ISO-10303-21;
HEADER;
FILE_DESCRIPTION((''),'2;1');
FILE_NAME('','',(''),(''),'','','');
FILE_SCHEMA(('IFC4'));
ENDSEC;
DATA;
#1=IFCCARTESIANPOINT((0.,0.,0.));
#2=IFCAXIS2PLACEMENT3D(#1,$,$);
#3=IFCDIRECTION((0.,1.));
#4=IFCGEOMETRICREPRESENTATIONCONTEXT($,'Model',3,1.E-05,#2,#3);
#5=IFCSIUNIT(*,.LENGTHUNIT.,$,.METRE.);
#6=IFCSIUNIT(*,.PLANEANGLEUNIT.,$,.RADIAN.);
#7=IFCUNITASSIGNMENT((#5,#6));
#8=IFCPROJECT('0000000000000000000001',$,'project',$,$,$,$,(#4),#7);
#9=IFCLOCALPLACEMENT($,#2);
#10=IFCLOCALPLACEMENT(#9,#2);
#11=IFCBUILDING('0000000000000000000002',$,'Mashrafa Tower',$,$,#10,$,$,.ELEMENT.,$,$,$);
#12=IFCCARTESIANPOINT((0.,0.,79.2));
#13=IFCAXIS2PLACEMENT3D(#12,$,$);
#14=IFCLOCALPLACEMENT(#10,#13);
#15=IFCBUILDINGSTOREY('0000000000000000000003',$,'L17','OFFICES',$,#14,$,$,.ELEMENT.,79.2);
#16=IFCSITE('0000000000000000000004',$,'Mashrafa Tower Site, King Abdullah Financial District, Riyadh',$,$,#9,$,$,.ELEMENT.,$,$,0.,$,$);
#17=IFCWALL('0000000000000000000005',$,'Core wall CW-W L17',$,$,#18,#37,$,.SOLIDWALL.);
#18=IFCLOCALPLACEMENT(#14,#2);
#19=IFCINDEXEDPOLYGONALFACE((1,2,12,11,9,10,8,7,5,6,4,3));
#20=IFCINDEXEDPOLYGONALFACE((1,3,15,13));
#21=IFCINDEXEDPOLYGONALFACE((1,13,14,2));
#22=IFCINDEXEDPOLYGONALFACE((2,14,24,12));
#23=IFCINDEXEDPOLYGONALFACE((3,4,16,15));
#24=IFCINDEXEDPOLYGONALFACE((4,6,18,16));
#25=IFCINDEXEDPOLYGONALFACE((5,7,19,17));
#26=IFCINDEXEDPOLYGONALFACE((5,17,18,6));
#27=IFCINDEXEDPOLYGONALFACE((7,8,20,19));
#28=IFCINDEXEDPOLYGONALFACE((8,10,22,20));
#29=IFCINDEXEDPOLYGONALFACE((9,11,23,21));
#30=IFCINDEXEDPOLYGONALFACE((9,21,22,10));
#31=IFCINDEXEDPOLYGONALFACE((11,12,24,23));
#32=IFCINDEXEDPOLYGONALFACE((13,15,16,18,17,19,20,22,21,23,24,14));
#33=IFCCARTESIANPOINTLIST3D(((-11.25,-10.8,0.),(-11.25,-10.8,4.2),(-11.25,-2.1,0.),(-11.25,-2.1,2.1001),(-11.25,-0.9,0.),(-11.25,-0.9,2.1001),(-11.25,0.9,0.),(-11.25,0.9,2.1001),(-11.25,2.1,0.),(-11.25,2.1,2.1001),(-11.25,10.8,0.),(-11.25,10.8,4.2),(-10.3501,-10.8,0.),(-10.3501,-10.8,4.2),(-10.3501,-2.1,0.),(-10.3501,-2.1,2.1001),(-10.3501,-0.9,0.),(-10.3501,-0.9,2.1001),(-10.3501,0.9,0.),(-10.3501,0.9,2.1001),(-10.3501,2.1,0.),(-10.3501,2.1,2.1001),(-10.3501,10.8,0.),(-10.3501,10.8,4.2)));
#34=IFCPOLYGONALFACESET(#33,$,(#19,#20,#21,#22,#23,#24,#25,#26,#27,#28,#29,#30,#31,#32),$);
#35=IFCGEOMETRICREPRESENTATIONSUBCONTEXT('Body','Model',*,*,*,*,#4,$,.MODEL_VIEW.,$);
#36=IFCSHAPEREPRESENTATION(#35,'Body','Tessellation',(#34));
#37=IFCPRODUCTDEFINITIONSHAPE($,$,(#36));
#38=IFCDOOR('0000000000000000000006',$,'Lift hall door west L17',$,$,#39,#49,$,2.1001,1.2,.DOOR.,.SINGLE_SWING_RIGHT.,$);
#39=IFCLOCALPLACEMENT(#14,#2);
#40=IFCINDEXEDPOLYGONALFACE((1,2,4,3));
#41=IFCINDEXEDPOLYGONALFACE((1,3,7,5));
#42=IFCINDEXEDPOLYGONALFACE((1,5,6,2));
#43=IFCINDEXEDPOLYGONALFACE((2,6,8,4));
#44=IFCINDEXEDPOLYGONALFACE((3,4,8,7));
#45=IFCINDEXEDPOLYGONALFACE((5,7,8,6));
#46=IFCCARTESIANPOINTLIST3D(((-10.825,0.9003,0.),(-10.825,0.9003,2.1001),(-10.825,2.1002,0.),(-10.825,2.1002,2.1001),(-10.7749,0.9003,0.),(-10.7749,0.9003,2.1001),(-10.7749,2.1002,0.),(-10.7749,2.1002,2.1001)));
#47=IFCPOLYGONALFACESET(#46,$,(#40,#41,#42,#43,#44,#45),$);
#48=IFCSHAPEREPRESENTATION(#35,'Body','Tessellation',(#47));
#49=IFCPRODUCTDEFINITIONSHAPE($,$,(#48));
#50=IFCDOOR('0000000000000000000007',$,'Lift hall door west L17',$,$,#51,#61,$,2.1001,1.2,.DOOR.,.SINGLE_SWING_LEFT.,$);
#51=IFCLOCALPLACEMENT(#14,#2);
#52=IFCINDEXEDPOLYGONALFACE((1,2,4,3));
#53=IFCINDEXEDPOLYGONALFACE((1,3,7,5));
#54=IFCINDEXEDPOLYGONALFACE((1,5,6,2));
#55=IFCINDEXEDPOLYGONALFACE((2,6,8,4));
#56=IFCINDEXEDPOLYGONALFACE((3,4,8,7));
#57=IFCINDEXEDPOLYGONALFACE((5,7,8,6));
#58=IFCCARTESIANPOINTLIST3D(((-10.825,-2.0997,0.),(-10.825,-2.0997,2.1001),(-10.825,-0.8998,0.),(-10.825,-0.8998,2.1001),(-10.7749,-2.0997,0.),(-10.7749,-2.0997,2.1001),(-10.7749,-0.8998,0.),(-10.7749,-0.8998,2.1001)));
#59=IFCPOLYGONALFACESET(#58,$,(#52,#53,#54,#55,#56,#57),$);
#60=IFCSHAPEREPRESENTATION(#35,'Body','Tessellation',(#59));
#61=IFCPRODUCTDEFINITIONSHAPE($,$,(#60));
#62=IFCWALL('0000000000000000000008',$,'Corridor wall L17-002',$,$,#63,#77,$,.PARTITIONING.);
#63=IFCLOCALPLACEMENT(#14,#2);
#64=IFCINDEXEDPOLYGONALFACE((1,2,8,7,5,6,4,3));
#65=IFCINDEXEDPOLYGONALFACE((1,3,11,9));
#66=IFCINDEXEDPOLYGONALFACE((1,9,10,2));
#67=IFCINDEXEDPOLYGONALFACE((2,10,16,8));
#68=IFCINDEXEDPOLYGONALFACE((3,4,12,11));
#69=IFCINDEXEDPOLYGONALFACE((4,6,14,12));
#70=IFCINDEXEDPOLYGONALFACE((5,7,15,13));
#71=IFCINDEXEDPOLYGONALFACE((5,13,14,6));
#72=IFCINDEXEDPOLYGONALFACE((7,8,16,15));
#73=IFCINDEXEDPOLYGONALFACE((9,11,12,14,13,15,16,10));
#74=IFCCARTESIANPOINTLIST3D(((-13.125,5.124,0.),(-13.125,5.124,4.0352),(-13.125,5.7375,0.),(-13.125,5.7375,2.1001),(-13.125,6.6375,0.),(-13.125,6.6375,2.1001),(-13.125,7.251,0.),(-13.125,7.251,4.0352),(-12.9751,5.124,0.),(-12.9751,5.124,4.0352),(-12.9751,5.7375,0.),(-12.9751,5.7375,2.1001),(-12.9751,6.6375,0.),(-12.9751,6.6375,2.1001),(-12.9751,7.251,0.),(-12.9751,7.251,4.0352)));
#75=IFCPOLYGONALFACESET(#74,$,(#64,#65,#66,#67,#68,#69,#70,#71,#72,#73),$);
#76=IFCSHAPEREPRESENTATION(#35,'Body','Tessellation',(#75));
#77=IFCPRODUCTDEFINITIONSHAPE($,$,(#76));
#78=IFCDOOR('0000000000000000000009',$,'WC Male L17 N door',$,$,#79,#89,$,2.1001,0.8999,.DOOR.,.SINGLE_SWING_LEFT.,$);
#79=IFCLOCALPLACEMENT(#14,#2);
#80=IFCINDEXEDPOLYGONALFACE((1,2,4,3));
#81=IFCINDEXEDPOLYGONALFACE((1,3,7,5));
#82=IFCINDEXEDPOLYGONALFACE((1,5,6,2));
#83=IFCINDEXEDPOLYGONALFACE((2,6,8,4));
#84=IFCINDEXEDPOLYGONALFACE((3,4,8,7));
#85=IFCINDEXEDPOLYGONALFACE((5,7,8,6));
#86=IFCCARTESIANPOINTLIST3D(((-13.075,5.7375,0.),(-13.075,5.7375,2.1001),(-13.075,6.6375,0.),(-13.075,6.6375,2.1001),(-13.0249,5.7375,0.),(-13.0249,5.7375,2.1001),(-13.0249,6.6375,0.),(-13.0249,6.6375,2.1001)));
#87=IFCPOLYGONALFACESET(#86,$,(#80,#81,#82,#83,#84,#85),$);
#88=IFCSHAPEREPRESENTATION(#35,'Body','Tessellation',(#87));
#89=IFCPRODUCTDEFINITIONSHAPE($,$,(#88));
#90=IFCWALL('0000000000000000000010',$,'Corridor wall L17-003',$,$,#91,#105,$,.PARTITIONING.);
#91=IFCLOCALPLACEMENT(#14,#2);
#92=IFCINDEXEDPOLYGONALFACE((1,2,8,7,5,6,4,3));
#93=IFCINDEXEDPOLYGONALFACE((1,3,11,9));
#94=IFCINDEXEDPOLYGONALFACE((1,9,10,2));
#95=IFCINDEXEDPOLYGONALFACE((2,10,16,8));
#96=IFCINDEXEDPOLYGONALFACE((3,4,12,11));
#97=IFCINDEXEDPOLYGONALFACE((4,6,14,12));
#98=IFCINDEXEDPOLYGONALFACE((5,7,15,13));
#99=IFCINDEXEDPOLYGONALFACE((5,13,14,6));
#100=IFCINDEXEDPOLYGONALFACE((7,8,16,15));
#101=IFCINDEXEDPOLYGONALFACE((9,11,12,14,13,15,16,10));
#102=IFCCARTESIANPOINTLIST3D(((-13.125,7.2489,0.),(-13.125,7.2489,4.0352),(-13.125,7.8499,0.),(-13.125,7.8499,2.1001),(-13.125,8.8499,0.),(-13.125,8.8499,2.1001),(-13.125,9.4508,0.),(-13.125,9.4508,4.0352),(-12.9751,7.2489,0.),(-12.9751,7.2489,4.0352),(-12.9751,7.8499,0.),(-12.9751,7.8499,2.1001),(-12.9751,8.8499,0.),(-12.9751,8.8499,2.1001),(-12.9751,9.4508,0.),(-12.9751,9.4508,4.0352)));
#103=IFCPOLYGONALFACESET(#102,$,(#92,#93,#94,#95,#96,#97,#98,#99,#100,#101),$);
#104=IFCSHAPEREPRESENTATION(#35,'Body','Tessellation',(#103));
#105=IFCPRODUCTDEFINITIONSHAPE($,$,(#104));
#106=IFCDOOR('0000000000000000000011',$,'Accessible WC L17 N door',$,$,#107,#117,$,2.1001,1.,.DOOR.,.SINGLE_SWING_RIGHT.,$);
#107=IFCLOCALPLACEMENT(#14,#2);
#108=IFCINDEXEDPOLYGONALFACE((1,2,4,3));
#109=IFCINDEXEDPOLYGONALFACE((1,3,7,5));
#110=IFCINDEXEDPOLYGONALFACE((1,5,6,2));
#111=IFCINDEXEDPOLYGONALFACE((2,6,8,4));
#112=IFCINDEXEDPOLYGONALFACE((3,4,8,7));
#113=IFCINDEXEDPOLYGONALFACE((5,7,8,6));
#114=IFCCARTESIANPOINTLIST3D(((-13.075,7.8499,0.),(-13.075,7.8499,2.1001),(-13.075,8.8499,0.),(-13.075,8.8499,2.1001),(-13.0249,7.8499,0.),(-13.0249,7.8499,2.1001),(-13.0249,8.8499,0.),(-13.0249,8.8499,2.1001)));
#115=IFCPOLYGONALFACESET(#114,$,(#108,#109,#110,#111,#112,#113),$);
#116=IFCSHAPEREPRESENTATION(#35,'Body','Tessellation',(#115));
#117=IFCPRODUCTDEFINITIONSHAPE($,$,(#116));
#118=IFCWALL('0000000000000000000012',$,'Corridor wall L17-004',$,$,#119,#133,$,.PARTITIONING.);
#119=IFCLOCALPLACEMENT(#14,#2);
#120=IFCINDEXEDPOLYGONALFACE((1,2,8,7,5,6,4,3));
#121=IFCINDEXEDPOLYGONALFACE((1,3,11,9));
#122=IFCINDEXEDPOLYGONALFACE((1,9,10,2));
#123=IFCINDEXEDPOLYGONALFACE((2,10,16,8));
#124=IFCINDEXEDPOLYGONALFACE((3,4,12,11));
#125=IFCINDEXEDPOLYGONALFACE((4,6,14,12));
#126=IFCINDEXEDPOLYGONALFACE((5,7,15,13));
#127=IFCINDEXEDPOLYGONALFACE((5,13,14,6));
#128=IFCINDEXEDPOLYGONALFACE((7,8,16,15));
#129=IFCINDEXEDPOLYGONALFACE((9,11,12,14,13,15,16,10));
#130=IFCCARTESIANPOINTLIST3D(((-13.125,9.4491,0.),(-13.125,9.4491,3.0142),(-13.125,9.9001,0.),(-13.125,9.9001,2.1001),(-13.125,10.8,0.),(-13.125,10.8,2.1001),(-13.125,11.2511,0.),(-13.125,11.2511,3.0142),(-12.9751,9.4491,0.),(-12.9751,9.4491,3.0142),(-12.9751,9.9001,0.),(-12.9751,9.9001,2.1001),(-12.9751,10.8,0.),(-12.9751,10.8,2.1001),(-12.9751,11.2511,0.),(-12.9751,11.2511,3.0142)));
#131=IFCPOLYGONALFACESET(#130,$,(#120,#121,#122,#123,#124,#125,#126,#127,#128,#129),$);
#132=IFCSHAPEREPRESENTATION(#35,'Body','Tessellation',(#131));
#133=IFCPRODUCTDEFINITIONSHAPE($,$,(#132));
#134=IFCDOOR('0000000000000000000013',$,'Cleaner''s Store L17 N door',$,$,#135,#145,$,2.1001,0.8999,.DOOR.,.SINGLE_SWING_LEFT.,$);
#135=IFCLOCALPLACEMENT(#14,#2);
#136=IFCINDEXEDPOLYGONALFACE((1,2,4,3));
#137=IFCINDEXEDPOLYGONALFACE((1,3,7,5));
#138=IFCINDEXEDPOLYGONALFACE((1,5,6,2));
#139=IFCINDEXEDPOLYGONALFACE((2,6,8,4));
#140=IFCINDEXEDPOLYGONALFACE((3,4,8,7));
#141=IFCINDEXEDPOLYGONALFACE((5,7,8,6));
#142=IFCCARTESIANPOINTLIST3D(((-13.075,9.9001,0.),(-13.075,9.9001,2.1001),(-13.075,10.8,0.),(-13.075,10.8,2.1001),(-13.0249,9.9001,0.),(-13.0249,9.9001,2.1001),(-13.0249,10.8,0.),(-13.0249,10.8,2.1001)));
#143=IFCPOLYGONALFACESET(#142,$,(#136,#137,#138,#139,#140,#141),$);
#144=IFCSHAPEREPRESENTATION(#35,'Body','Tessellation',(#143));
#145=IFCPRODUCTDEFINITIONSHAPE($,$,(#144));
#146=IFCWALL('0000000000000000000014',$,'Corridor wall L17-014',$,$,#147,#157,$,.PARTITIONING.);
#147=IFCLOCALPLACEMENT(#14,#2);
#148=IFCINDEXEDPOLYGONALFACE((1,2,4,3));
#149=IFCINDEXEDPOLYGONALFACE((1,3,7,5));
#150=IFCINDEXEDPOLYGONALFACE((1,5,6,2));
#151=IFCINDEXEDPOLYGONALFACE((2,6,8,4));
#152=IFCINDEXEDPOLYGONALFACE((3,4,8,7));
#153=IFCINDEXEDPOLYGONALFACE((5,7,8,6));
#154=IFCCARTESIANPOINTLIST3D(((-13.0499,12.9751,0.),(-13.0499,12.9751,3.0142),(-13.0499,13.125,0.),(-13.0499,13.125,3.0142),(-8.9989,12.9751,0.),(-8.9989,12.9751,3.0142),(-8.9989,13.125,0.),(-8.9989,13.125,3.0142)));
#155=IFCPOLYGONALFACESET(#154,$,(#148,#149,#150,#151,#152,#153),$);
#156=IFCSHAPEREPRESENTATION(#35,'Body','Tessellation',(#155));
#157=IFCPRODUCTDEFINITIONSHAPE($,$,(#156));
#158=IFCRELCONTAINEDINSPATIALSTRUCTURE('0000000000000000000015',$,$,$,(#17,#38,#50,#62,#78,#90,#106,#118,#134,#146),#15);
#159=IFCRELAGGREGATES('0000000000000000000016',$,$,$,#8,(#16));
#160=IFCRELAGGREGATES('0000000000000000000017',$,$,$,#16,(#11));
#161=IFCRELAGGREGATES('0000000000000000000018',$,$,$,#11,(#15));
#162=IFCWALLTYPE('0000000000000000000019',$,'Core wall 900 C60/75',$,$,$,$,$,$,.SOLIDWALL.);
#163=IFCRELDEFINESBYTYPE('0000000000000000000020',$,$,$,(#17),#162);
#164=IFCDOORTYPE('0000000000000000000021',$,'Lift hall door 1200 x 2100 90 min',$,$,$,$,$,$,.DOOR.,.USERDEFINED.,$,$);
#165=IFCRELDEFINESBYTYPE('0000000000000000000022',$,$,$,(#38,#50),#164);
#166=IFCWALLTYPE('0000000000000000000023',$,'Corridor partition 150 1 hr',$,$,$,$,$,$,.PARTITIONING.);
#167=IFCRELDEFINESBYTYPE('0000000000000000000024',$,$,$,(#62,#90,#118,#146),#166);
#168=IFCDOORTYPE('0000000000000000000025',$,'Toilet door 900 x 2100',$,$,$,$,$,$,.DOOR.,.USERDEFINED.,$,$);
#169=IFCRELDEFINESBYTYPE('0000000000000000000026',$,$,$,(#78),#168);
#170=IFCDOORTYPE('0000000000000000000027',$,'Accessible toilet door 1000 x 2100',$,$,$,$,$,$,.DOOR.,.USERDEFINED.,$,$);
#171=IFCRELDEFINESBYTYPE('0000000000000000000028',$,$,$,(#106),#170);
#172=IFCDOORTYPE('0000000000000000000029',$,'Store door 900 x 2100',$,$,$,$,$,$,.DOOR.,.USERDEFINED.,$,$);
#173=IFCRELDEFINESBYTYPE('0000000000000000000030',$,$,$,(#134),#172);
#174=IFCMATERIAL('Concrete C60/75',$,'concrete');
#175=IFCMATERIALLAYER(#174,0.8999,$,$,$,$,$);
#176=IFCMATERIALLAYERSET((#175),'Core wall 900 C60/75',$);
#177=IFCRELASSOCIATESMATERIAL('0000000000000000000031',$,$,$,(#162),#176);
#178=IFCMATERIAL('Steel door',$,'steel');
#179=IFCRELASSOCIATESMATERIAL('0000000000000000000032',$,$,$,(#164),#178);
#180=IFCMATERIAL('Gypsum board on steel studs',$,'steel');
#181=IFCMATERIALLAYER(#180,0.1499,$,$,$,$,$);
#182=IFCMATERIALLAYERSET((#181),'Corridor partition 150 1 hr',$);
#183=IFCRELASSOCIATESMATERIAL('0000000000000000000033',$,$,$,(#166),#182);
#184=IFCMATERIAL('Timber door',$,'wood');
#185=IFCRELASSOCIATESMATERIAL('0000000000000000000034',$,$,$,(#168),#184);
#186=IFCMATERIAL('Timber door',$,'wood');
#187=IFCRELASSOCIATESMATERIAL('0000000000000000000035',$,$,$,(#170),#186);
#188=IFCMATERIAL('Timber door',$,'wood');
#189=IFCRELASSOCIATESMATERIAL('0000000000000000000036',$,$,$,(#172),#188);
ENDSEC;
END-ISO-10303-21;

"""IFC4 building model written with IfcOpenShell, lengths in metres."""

from ifc_helpers import new_model, si_unit, direction, frame, frame_2d, origin, place, context, subcontext, project, spatial, rectangle, extrude, material, layer, layer_set, type_object, element, fill, save


model = new_model("IFC4")

# Units and contexts
model_context = context("Model", 3, precision=1e-05, world=origin(), true_north=direction((0.0, 1.0)))
body_context = subcontext(model_context, "Body", "Model", "MODEL_VIEW")
ifc_project = project(units=[si_unit("LENGTHUNIT", "METRE"), si_unit("PLANEANGLEUNIT", "RADIAN")], contexts=[model_context])

# Site, building, storey
site_placement = place(None, origin())
site = spatial("IfcSite", under=ifc_project, at=site_placement, Name="Mashrafa Tower Site, King Abdullah Financial District, Riyadh", CompositionType="ELEMENT", RefElevation=0.0)
building_placement = place(site_placement, origin())
building = spatial("IfcBuilding", under=site, at=building_placement, Name="Mashrafa Tower", CompositionType="ELEMENT")
storey_placement = place(building_placement, frame((0.0, 0.0, 79.2)))
storey = spatial("IfcBuildingStorey", under=building, at=storey_placement, Name="L17", Description="OFFICES", CompositionType="ELEMENT", Elevation=79.2)

# Wall, openings, doors
ifc_material_1 = material(Name="Concrete C60/75", Category="concrete")
ifc_layer_1 = layer(ifc_material_1, 0.8999)
ifc_layer_set_1 = layer_set([ifc_layer_1], Name="Core wall 900 C60/75")
wall_type_1 = type_object("IfcWallType", Name="Core wall 900 C60/75", PredefinedType="SOLIDWALL", material=ifc_layer_set_1)
wall_1_placement = place(storey_placement, frame((-10.8, 10.8, 0.0), z_axis=(0.0, 0.0, 1.0), x_axis=(0.0, -1.0, 0.0)))
wall_1 = element("IfcWall", 1, at=wall_1_placement, inside=storey, type_object=wall_type_1, Name="Core wall CW-W L17", PredefinedType="SOLIDWALL", context=body_context, shape_type="SweptSolid", body=[
    extrude(rectangle(XDim=21.6001, YDim=0.8999, at=frame_2d((10.8, 0.0))), origin(), (0.0, 0.0, 1.0), 4.2),
])
opening_1_placement = place(wall_1_placement, frame((8.7, 0.0, 0.0)))
opening_1 = element("IfcOpeningElement", 2, at=opening_1_placement, cuts=wall_1, PredefinedType="OPENING", context=body_context, shape_type="SweptSolid", body=[
    extrude(rectangle(XDim=1.2, YDim=2.1001, at=frame_2d((0.6001, 1.05))), frame((0.0, 0.46, 0.0), z_axis=(0.0, -1.0, 0.0), x_axis=(1.0, 0.0, 0.0)), (0.0, 0.0, 1.0), 0.9199),
])
opening_2_placement = place(wall_1_placement, frame((11.7, 0.0, 0.0)))
opening_2 = element("IfcOpeningElement", 3, at=opening_2_placement, cuts=wall_1, PredefinedType="OPENING", context=body_context, shape_type="SweptSolid", body=[
    extrude(rectangle(XDim=1.2, YDim=2.1001, at=frame_2d((0.6001, 1.05))), frame((0.0, 0.46, 0.0), z_axis=(0.0, -1.0, 0.0), x_axis=(1.0, 0.0, 0.0)), (0.0, 0.0, 1.0), 0.9199),
])
ifc_material_2 = material(Name="Steel door", Category="steel")
door_type_1 = type_object("IfcDoorType", Name="Lift hall door 1200 x 2100 90 min", OperationType="USERDEFINED", PredefinedType="DOOR", material=ifc_material_2)
door_1_placement = place(opening_1_placement, frame((1.2, 0.0, 0.0), z_axis=(0.0, 0.0, 1.0), x_axis=(-1.0, 0.0, 0.0)))
door_1 = element("IfcDoor", 4, at=door_1_placement, inside=storey, type_object=door_type_1, Name="Lift hall door west L17", OperationType="SINGLE_SWING_RIGHT", OverallHeight=2.1001, OverallWidth=1.2, PredefinedType="DOOR", context=body_context, shape_type="SweptSolid", body=[
    extrude(rectangle(XDim=1.2, YDim=2.1001, at=frame_2d((0.6001, 1.05))), frame((0.0, 0.0249, 0.0), z_axis=(0.0, -1.0, 0.0), x_axis=(1.0, 0.0, 0.0)), (0.0, 0.0, 1.0), 0.05),
])
fill(opening_1, door_1)
door_2_placement = place(opening_2_placement, frame((1.2, 0.0, 0.0), z_axis=(0.0, 0.0, 1.0), x_axis=(-1.0, 0.0, 0.0)))
door_2 = element("IfcDoor", 5, at=door_2_placement, inside=storey, type_object=door_type_1, Name="Lift hall door west L17", OperationType="SINGLE_SWING_LEFT", OverallHeight=2.1001, OverallWidth=1.2, PredefinedType="DOOR", context=body_context, shape_type="SweptSolid", body=[
    extrude(rectangle(XDim=1.2, YDim=2.1001, at=frame_2d((0.6001, 1.05))), frame((0.0, 0.0249, 0.0), z_axis=(0.0, -1.0, 0.0), x_axis=(1.0, 0.0, 0.0)), (0.0, 0.0, 1.0), 0.05),
])
fill(opening_2, door_2)

# Walls, openings, doors
ifc_material_3 = material(Name="Gypsum board on steel studs", Category="steel")
ifc_layer_2 = layer(ifc_material_3, 0.1499)
ifc_layer_set_2 = layer_set([ifc_layer_2], Name="Corridor partition 150 1 hr")
wall_type_2 = type_object("IfcWallType", Name="Corridor partition 150 1 hr", PredefinedType="PARTITIONING", material=ifc_layer_set_2)
wall_2_placement = place(storey_placement, frame((-13.05, 7.251, 0.0), z_axis=(0.0, 0.0, 1.0), x_axis=(0.0, -1.0, 0.0)))
wall_2 = element("IfcWall", 6, at=wall_2_placement, inside=storey, type_object=wall_type_2, Name="Corridor wall L17-002", PredefinedType="PARTITIONING", context=body_context, shape_type="SweptSolid", body=[
    extrude(rectangle(XDim=2.127, YDim=0.1499, at=frame_2d((1.0635, 0.0))), origin(), (0.0, 0.0, 1.0), 4.0352),
])
opening_3_placement = place(wall_2_placement, frame((0.6135, 0.0, 0.0)))
opening_3 = element("IfcOpeningElement", 7, at=opening_3_placement, cuts=wall_2, PredefinedType="OPENING", context=body_context, shape_type="SweptSolid", body=[
    extrude(rectangle(XDim=0.8999, YDim=2.1001, at=frame_2d((0.45, 1.05))), frame((0.0, 0.085, 0.0), z_axis=(0.0, -1.0, 0.0), x_axis=(1.0, 0.0, 0.0)), (0.0, 0.0, 1.0), 0.1699),
])
ifc_material_4 = material(Name="Timber door", Category="wood")
door_type_2 = type_object("IfcDoorType", Name="Toilet door 900 x 2100", OperationType="USERDEFINED", PredefinedType="DOOR", material=ifc_material_4)
door_3_placement = place(opening_3_placement, frame((0.8999, 0.0, 0.0), z_axis=(0.0, 0.0, 1.0), x_axis=(-1.0, 0.0, 0.0)))
door_3 = element("IfcDoor", 8, at=door_3_placement, inside=storey, type_object=door_type_2, Name="WC Male L17 N door", OperationType="SINGLE_SWING_LEFT", OverallHeight=2.1001, OverallWidth=0.8999, PredefinedType="DOOR", context=body_context, shape_type="SweptSolid", body=[
    extrude(rectangle(XDim=0.8999, YDim=2.1001, at=frame_2d((0.45, 1.05))), frame((0.0, 0.0249, 0.0), z_axis=(0.0, -1.0, 0.0), x_axis=(1.0, 0.0, 0.0)), (0.0, 0.0, 1.0), 0.05),
])
fill(opening_3, door_3)
wall_3_placement = place(storey_placement, frame((-13.05, 9.4509, 0.0), z_axis=(0.0, 0.0, 1.0), x_axis=(0.0, -1.0, 0.0)))
wall_3 = element("IfcWall", 9, at=wall_3_placement, inside=storey, type_object=wall_type_2, Name="Corridor wall L17-003", PredefinedType="PARTITIONING", context=body_context, shape_type="SweptSolid", body=[
    extrude(rectangle(XDim=2.2019, YDim=0.1499, at=frame_2d((1.1011, 0.0))), origin(), (0.0, 0.0, 1.0), 4.0352),
])
opening_4_placement = place(wall_3_placement, frame((0.6011, 0.0, 0.0)))
opening_4 = element("IfcOpeningElement", 10, at=opening_4_placement, cuts=wall_3, PredefinedType="OPENING", context=body_context, shape_type="SweptSolid", body=[
    extrude(rectangle(XDim=1.0, YDim=2.1001, at=frame_2d((0.5, 1.05))), frame((0.0, 0.085, 0.0), z_axis=(0.0, -1.0, 0.0), x_axis=(1.0, 0.0, 0.0)), (0.0, 0.0, 1.0), 0.1699),
])
ifc_material_5 = material(Name="Timber door", Category="wood")
door_type_3 = type_object("IfcDoorType", Name="Accessible toilet door 1000 x 2100", OperationType="USERDEFINED", PredefinedType="DOOR", material=ifc_material_5)
door_4_placement = place(opening_4_placement, frame((1.0, 0.0, 0.0), z_axis=(0.0, 0.0, 1.0), x_axis=(-1.0, 0.0, 0.0)))
door_4 = element("IfcDoor", 11, at=door_4_placement, inside=storey, type_object=door_type_3, Name="Accessible WC L17 N door", OperationType="SINGLE_SWING_RIGHT", OverallHeight=2.1001, OverallWidth=1.0, PredefinedType="DOOR", context=body_context, shape_type="SweptSolid", body=[
    extrude(rectangle(XDim=1.0, YDim=2.1001, at=frame_2d((0.5, 1.05))), frame((0.0, 0.0249, 0.0), z_axis=(0.0, -1.0, 0.0), x_axis=(1.0, 0.0, 0.0)), (0.0, 0.0, 1.0), 0.05),
])
fill(opening_4, door_4)
wall_4_placement = place(storey_placement, frame((-13.05, 11.251, 0.0), z_axis=(0.0, 0.0, 1.0), x_axis=(0.0, -1.0, 0.0)))
wall_4 = element("IfcWall", 12, at=wall_4_placement, inside=storey, type_object=wall_type_2, Name="Corridor wall L17-004", PredefinedType="PARTITIONING", context=body_context, shape_type="SweptSolid", body=[
    extrude(rectangle(XDim=1.802, YDim=0.1499, at=frame_2d((0.9009, 0.0))), origin(), (0.0, 0.0, 1.0), 3.0142),
])
opening_5_placement = place(wall_4_placement, frame((0.4509, 0.0, 0.0)))
opening_5 = element("IfcOpeningElement", 13, at=opening_5_placement, cuts=wall_4, PredefinedType="OPENING", context=body_context, shape_type="SweptSolid", body=[
    extrude(rectangle(XDim=0.8999, YDim=2.1001, at=frame_2d((0.45, 1.05))), frame((0.0, 0.085, 0.0), z_axis=(0.0, -1.0, 0.0), x_axis=(1.0, 0.0, 0.0)), (0.0, 0.0, 1.0), 0.1699),
])
ifc_material_6 = material(Name="Timber door", Category="wood")
door_type_4 = type_object("IfcDoorType", Name="Store door 900 x 2100", OperationType="USERDEFINED", PredefinedType="DOOR", material=ifc_material_6)
door_5_placement = place(opening_5_placement, frame((0.8999, 0.0, 0.0), z_axis=(0.0, 0.0, 1.0), x_axis=(-1.0, 0.0, 0.0)))
door_5 = element("IfcDoor", 14, at=door_5_placement, inside=storey, type_object=door_type_4, Name="Cleaner's Store L17 N door", OperationType="SINGLE_SWING_LEFT", OverallHeight=2.1001, OverallWidth=0.8999, PredefinedType="DOOR", context=body_context, shape_type="SweptSolid", body=[
    extrude(rectangle(XDim=0.8999, YDim=2.1001, at=frame_2d((0.45, 1.05))), frame((0.0, 0.0249, 0.0), z_axis=(0.0, -1.0, 0.0), x_axis=(1.0, 0.0, 0.0)), (0.0, 0.0, 1.0), 0.05),
])
fill(opening_5, door_5)

# Wall
wall_5_placement = place(storey_placement, frame((-8.999, 13.05, 0.0), z_axis=(0.0, 0.0, 1.0), x_axis=(-1.0, 0.0, 0.0)))
element("IfcWall", 15, at=wall_5_placement, inside=storey, type_object=wall_type_2, Name="Corridor wall L17-014", PredefinedType="PARTITIONING", context=body_context, shape_type="SweptSolid", body=[
    extrude(rectangle(XDim=4.051, YDim=0.1499, at=frame_2d((2.0254, 0.0))), origin(), (0.0, 0.0, 1.0), 3.0142),
])

save(model, "model.ifc")
